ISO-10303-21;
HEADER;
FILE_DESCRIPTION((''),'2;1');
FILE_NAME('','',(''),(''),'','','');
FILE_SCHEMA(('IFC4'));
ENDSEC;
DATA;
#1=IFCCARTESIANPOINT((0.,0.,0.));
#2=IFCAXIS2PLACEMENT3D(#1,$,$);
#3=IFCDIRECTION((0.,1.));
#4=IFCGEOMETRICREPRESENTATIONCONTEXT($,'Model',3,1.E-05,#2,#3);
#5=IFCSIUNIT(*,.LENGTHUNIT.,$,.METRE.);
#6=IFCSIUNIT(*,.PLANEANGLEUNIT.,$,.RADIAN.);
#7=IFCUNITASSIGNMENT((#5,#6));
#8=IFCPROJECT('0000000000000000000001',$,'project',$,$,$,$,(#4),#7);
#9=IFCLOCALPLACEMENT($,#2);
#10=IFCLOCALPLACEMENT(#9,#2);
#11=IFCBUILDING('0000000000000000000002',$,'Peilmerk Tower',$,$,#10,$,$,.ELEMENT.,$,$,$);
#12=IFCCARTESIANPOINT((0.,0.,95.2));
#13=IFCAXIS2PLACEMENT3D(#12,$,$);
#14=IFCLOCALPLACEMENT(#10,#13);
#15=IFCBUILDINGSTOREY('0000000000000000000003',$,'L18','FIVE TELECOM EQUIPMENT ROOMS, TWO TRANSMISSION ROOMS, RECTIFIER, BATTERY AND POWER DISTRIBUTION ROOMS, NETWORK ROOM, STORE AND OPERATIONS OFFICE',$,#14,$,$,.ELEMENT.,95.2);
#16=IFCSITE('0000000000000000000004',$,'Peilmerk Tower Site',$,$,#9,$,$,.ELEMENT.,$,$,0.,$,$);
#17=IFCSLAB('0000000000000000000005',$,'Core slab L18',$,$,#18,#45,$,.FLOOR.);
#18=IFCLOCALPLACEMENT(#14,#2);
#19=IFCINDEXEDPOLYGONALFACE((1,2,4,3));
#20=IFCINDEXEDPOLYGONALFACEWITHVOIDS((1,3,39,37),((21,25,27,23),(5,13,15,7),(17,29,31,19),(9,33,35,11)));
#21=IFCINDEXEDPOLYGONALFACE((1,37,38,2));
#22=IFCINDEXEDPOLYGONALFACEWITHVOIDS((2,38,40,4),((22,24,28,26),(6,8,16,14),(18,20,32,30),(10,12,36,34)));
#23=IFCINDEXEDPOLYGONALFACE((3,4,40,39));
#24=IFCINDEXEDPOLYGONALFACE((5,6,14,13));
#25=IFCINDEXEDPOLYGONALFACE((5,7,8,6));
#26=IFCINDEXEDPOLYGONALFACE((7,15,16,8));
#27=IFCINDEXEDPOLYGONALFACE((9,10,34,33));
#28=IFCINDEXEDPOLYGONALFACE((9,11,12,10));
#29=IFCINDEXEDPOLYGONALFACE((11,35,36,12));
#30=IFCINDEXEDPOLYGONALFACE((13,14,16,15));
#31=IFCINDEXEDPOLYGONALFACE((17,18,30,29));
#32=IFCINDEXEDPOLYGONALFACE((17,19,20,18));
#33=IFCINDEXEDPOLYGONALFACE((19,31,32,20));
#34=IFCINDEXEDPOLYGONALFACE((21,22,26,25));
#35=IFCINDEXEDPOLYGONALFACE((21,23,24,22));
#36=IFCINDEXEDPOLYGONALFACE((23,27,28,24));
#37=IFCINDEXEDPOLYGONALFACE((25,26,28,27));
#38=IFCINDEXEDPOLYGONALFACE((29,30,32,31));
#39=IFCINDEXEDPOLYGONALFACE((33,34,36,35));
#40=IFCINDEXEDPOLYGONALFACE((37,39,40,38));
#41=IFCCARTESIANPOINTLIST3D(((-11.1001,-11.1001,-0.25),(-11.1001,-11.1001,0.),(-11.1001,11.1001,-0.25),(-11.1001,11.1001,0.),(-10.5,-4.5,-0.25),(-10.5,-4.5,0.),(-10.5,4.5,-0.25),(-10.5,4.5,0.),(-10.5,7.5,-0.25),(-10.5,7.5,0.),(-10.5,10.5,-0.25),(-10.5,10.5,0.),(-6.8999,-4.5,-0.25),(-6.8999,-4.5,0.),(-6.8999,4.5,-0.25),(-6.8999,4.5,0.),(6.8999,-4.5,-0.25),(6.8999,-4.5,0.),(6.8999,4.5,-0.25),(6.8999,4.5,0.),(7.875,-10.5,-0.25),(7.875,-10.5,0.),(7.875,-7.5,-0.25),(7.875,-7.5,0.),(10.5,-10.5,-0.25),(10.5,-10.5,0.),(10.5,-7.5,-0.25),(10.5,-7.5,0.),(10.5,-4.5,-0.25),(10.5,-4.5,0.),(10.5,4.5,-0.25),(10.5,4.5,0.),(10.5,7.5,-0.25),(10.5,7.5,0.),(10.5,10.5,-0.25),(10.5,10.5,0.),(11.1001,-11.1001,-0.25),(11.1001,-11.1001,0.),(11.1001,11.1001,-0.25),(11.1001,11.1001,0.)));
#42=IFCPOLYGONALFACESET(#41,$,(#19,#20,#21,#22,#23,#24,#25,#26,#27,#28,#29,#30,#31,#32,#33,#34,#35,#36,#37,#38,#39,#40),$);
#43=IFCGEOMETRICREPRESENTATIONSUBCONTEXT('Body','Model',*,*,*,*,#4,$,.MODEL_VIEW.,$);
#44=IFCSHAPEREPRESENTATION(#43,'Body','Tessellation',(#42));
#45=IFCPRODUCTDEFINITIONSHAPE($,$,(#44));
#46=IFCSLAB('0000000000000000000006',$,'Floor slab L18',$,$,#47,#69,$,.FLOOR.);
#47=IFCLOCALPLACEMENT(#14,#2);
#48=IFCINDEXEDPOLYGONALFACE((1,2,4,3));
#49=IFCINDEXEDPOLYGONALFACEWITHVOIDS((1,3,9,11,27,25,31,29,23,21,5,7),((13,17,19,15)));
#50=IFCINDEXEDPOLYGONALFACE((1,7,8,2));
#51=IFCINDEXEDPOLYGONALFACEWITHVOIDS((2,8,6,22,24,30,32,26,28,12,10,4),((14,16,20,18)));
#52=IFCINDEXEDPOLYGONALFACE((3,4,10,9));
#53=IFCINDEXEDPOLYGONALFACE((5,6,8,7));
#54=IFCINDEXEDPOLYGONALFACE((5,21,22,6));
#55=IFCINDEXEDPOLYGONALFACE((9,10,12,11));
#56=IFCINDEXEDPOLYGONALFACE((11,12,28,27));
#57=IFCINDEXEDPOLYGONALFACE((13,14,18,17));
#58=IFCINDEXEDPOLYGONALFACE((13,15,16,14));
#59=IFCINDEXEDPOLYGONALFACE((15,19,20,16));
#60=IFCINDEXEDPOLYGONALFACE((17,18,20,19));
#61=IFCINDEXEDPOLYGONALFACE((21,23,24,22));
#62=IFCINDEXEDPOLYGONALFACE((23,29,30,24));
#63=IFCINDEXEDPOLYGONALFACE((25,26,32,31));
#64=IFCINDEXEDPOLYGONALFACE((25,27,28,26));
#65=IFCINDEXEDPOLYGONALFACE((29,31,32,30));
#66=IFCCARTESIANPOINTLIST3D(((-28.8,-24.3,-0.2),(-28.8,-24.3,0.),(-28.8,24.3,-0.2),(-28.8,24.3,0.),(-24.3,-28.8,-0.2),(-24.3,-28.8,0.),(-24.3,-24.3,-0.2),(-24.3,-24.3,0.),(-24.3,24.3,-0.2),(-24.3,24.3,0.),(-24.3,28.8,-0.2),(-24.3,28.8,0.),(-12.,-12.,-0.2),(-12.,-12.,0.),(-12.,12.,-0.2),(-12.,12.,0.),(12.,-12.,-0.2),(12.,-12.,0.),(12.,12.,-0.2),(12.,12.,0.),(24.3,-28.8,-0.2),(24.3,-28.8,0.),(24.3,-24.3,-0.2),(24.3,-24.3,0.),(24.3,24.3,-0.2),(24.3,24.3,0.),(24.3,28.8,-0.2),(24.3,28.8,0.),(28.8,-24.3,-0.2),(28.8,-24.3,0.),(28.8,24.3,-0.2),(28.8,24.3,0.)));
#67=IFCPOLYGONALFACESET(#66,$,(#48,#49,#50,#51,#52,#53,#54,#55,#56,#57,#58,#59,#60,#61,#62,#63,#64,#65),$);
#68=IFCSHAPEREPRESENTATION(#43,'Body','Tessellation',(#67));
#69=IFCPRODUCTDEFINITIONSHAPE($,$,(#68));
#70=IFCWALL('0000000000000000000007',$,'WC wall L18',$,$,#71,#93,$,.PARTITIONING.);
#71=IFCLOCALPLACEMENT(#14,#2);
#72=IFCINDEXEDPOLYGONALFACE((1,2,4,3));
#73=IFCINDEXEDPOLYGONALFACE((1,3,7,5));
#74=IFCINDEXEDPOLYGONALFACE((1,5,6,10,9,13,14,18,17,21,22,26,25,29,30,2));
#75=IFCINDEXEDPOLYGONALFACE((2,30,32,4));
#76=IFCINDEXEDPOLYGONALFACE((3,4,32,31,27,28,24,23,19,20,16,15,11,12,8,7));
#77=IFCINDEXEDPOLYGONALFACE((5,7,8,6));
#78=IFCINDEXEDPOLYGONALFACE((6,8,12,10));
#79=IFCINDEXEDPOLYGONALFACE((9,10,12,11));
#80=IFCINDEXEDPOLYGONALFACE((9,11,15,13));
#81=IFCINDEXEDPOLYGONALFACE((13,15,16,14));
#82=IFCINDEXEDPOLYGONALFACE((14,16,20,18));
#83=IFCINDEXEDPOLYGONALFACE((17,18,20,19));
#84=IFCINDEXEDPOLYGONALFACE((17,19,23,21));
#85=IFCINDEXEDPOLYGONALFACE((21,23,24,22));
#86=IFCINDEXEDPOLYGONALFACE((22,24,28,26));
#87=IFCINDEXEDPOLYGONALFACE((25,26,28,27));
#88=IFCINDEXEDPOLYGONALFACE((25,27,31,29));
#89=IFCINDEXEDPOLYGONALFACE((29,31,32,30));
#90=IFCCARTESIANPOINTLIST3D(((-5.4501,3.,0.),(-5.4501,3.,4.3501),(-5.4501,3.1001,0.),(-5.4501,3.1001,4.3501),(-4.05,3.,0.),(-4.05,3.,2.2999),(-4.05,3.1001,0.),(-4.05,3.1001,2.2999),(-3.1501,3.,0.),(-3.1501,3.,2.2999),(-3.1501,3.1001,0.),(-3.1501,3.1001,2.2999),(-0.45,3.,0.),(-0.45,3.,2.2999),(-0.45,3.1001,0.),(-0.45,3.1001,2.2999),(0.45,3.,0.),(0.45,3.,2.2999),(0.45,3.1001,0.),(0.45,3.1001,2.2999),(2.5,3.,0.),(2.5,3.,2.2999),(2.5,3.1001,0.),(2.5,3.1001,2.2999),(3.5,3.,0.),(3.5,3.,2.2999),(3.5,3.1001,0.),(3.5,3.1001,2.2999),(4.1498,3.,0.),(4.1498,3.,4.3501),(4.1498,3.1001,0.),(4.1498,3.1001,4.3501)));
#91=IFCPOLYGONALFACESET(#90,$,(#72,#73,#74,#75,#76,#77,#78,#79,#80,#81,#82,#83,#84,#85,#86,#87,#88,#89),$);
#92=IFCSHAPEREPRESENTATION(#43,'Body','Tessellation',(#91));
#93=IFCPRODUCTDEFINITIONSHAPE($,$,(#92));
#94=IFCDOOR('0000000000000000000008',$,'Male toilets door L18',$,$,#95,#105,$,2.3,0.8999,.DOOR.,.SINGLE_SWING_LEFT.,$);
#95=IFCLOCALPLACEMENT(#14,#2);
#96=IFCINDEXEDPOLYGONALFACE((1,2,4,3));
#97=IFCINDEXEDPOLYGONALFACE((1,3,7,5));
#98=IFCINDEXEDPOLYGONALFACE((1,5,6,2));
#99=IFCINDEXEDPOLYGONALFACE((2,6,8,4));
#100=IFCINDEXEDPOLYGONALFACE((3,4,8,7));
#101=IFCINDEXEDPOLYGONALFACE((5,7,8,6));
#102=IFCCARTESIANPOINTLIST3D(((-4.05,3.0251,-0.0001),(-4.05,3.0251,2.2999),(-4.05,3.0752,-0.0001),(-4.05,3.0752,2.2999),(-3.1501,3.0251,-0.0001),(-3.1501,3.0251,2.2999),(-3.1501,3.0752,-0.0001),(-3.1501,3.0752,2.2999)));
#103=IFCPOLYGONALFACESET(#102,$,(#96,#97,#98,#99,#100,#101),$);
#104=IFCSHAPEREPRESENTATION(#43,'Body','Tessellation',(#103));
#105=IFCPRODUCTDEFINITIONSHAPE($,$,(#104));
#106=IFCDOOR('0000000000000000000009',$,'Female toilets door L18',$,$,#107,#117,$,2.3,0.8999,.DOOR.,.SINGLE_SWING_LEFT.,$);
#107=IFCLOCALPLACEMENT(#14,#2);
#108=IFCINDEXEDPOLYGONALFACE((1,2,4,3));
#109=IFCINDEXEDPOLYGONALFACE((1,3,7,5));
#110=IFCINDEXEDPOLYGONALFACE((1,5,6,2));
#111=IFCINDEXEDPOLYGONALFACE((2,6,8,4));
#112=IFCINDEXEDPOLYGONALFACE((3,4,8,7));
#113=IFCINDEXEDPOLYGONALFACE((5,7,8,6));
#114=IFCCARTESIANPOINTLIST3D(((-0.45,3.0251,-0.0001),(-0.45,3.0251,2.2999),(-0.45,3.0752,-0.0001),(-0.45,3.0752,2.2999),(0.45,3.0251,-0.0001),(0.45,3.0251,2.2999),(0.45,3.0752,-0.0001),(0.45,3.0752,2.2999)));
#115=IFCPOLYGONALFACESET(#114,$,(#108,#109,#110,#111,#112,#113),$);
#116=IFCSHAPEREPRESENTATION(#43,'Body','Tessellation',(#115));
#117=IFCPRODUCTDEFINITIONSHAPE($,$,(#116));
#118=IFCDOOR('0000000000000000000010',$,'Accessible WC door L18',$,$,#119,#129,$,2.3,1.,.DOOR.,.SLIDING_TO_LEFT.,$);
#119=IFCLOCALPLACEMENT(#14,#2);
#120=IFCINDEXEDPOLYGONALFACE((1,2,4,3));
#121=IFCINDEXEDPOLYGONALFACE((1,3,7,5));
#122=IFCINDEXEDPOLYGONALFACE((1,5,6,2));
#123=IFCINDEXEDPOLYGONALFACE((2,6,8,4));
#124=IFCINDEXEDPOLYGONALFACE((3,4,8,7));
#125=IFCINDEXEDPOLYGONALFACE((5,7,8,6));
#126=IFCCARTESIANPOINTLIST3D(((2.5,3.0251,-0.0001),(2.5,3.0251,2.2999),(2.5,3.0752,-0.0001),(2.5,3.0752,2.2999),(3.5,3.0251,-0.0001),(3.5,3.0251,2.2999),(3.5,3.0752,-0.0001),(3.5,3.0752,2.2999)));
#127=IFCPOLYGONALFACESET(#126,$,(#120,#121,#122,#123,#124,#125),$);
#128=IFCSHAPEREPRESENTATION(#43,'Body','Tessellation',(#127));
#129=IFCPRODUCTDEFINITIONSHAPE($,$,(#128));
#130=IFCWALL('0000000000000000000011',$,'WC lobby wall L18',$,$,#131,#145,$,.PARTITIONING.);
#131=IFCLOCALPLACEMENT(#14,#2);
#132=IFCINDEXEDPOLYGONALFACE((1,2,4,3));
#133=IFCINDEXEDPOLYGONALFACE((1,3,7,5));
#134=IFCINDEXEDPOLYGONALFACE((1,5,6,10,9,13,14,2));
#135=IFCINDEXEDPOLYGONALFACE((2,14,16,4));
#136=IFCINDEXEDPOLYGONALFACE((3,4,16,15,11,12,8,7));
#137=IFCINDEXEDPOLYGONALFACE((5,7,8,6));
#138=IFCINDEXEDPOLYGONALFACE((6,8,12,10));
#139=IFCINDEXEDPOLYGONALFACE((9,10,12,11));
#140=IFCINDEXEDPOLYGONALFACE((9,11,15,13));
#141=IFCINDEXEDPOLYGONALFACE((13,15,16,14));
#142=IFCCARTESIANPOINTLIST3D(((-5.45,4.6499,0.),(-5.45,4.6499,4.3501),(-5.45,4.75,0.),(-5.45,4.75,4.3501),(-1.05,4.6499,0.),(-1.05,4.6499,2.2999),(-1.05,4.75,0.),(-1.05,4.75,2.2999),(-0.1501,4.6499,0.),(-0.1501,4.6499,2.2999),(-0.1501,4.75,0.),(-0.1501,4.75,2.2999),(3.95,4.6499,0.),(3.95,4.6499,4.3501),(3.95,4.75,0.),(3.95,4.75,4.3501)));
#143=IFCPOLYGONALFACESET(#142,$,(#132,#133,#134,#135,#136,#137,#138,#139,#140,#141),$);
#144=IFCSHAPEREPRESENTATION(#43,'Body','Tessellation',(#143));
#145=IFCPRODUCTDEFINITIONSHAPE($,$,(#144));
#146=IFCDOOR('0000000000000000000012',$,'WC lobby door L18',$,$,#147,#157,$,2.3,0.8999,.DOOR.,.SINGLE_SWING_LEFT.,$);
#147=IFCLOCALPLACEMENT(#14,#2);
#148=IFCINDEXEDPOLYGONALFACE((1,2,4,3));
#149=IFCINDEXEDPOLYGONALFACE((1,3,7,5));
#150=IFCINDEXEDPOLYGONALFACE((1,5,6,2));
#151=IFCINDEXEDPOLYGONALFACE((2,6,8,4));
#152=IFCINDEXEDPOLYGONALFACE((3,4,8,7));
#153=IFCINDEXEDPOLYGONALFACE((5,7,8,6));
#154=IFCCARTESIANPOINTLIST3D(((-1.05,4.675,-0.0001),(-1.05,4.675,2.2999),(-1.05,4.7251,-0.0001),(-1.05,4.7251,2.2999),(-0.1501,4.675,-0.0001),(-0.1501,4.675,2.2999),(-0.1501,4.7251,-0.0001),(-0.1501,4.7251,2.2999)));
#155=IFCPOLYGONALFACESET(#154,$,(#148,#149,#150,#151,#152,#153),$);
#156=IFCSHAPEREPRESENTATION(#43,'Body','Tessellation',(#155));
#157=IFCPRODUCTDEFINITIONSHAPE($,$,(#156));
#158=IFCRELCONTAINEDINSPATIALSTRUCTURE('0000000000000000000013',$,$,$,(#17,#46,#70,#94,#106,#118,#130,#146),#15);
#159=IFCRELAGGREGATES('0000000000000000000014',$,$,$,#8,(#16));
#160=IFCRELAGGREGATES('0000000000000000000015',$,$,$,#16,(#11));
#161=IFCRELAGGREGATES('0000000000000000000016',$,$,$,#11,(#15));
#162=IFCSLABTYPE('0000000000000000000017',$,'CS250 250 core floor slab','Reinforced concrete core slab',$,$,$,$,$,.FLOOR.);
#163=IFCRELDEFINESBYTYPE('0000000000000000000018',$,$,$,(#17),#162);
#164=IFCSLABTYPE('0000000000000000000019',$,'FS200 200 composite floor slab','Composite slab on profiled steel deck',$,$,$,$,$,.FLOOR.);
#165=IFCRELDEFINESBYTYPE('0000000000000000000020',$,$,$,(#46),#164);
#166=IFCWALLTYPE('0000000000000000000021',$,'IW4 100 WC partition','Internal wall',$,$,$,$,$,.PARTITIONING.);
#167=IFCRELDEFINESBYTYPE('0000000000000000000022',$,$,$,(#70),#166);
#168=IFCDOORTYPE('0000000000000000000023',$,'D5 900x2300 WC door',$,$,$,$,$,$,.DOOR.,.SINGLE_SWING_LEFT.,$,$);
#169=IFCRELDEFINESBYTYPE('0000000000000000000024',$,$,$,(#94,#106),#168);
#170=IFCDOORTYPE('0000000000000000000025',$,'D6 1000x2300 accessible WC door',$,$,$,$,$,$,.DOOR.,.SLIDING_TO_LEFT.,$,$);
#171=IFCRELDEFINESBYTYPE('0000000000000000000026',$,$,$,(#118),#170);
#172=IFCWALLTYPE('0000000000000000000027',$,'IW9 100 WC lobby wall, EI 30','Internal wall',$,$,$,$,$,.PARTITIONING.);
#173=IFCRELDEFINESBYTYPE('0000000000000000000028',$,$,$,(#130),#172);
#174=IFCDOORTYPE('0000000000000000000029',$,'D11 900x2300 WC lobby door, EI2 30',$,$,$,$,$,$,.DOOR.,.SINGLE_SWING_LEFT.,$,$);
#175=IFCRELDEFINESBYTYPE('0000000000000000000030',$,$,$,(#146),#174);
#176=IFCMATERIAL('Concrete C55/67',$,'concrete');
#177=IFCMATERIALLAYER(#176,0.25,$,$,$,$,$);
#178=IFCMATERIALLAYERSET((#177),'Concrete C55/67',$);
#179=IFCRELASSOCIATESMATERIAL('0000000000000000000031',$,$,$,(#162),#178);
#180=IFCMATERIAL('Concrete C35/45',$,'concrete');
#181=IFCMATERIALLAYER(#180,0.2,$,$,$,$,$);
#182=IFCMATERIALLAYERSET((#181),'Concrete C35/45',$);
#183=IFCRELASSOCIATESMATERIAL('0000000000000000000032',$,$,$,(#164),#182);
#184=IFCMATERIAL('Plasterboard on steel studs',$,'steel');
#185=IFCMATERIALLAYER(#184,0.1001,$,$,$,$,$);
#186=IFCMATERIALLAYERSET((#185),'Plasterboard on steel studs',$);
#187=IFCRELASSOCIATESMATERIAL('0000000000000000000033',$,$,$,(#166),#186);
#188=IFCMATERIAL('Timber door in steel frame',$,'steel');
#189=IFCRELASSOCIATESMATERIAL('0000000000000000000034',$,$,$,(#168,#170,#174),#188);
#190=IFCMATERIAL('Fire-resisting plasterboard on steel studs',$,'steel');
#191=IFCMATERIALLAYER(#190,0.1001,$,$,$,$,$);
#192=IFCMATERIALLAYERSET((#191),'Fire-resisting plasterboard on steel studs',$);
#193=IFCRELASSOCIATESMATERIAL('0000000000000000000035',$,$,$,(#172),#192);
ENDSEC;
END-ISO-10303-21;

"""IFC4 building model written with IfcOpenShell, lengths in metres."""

from ifc_helpers import new_model, si_unit, direction, frame, frame_2d, origin, place, context, subcontext, project, spatial, polyline, rectangle, outline, extrude, material, layer, layer_set, type_object, element, fill, save


model = new_model("IFC4")

# Units and contexts
model_context = context("Model", 3, precision=1e-05, world=origin(), true_north=direction((0.0, 1.0)))
body_context = subcontext(model_context, "Body", "Model", "MODEL_VIEW")
ifc_project = project(units=[si_unit("LENGTHUNIT", "METRE"), si_unit("PLANEANGLEUNIT", "RADIAN")], contexts=[model_context])

# Site, building, storey
site_placement = place(None, origin())
site = spatial("IfcSite", under=ifc_project, at=site_placement, Name="Peilmerk Tower Site", CompositionType="ELEMENT", RefElevation=0.0)
building_placement = place(site_placement, origin())
building = spatial("IfcBuilding", under=site, at=building_placement, Name="Peilmerk Tower", CompositionType="ELEMENT")
storey_placement = place(building_placement, frame((0.0, 0.0, 95.2)))
storey = spatial("IfcBuildingStorey", under=building, at=storey_placement, Name="L18", Description="FIVE TELECOM EQUIPMENT ROOMS, TWO TRANSMISSION ROOMS, RECTIFIER, BATTERY AND POWER DISTRIBUTION ROOMS, NETWORK ROOM, STORE AND OPERATIONS OFFICE", CompositionType="ELEMENT", Elevation=95.2)

# Slabs
ifc_material_1 = material(Name="Concrete C55/67", Category="concrete")
ifc_layer_1 = layer(ifc_material_1, 0.25)
ifc_layer_set_1 = layer_set([ifc_layer_1], Name="Concrete C55/67")
slab_type_1 = type_object("IfcSlabType", Name="CS250 250 core floor slab", Description="Reinforced concrete core slab", PredefinedType="FLOOR", material=ifc_layer_set_1)
slab_1_placement = place(storey_placement, frame((0.0, 0.0, -0.25)))
element("IfcSlab", 1, at=slab_1_placement, inside=storey, type_object=slab_type_1, Name="Core slab L18", PredefinedType="FLOOR", context=body_context, shape_type="SweptSolid", body=[
    extrude(outline(polyline([(-11.1001, 11.1001), (-11.1001, -11.1001), (11.1001, -11.1001), (11.1001, 11.1001), (-11.1001, 11.1001)]), holes=[polyline([(10.5, 7.5), (-10.5, 7.5), (-10.5, 10.5), (10.5, 10.5), (10.5, 7.5)]), polyline([(7.875, -10.5), (7.875, -7.5), (10.5, -7.5), (10.5, -10.5), (7.875, -10.5)]), polyline([(-10.5, 4.5), (-6.8999, 4.5), (-6.8999, -4.5), (-10.5, -4.5), (-10.5, 4.5)]), polyline([(10.5, 4.5), (10.5, -4.5), (6.8999, -4.5), (6.8999, 4.5), (10.5, 4.5)])]), origin(), (0.0, 0.0, 1.0), 0.25),
])
ifc_material_2 = material(Name="Concrete C35/45", Category="concrete")
ifc_layer_2 = layer(ifc_material_2, 0.2)
ifc_layer_set_2 = layer_set([ifc_layer_2], Name="Concrete C35/45")
slab_type_2 = type_object("IfcSlabType", Name="FS200 200 composite floor slab", Description="Composite slab on profiled steel deck", PredefinedType="FLOOR", material=ifc_layer_set_2)
slab_2_placement = place(storey_placement, frame((0.0, 0.0, -0.2)))
element("IfcSlab", 2, at=slab_2_placement, inside=storey, type_object=slab_type_2, Name="Floor slab L18", PredefinedType="FLOOR", context=body_context, shape_type="SweptSolid", body=[
    extrude(outline(polyline([(-24.3, -28.8), (24.3, -28.8), (24.3, -24.3), (28.8, -24.3), (28.8, 24.3), (24.3, 24.3), (24.3, 28.8), (-24.3, 28.8), (-24.3, 24.3), (-28.8, 24.3), (-28.8, -24.3), (-24.3, -24.3), (-24.3, -28.8)]), holes=[polyline([(12.0, 12.0), (12.0, -12.0), (-12.0, -12.0), (-12.0, 12.0), (12.0, 12.0)])]), origin(), (0.0, 0.0, 1.0), 0.2),
])

# Wall, openings, doors
ifc_material_3 = material(Name="Plasterboard on steel studs", Category="steel")
ifc_layer_3 = layer(ifc_material_3, 0.1001)
ifc_layer_set_3 = layer_set([ifc_layer_3], Name="Plasterboard on steel studs")
wall_type_1 = type_object("IfcWallType", Name="IW4 100 WC partition", Description="Internal wall", PredefinedType="PARTITIONING", material=ifc_layer_set_3)
wall_1_placement = place(storey_placement, frame((-5.45, 3.05, 0.0), z_axis=(0.0, 0.0, 1.0), x_axis=(1.0, 0.0, 0.0)))
wall_1 = element("IfcWall", 3, at=wall_1_placement, inside=storey, type_object=wall_type_1, Name="WC wall L18", PredefinedType="PARTITIONING", context=body_context, shape_type="SweptSolid", body=[
    extrude(rectangle(XDim=9.5999, YDim=0.1001, at=frame_2d((4.7998, 0.0))), origin(), (0.0, 0.0, 1.0), 4.3501),
])
opening_1_placement = place(wall_1_placement, frame((1.3999, 0.0, 0.0)))
opening_1 = element("IfcOpeningElement", 4, at=opening_1_placement, cuts=wall_1, PredefinedType="OPENING", context=body_context, shape_type="SweptSolid", body=[
    extrude(rectangle(XDim=0.8999, YDim=2.3, at=frame_2d((0.45, 1.1499))), frame((0.0, 0.0601, 0.0), z_axis=(0.0, -1.0, 0.0), x_axis=(1.0, 0.0, 0.0)), (0.0, 0.0, 1.0), 0.1201),
])
opening_2_placement = place(wall_1_placement, frame((5.0, 0.0, 0.0)))
opening_2 = element("IfcOpeningElement", 5, at=opening_2_placement, cuts=wall_1, PredefinedType="OPENING", context=body_context, shape_type="SweptSolid", body=[
    extrude(rectangle(XDim=0.8999, YDim=2.3, at=frame_2d((0.45, 1.1499))), frame((0.0, 0.0601, 0.0), z_axis=(0.0, -1.0, 0.0), x_axis=(1.0, 0.0, 0.0)), (0.0, 0.0, 1.0), 0.1201),
])
opening_3_placement = place(wall_1_placement, frame((7.95, 0.0, 0.0)))
opening_3 = element("IfcOpeningElement", 6, at=opening_3_placement, cuts=wall_1, PredefinedType="OPENING", context=body_context, shape_type="SweptSolid", body=[
    extrude(rectangle(XDim=1.0, YDim=2.3, at=frame_2d((0.5, 1.1499))), frame((0.0, 0.0601, 0.0), z_axis=(0.0, -1.0, 0.0), x_axis=(1.0, 0.0, 0.0)), (0.0, 0.0, 1.0), 0.1201),
])
ifc_material_4 = material(Name="Timber door in steel frame", Category="steel")
door_type_1 = type_object("IfcDoorType", Name="D5 900x2300 WC door", OperationType="SINGLE_SWING_LEFT", PredefinedType="DOOR", material=ifc_material_4)
door_1_placement = place(opening_1_placement, frame((0.8999, 0.0, 0.0), z_axis=(0.0, 0.0, 1.0), x_axis=(-1.0, 0.0, 0.0)))
door_1 = element("IfcDoor", 7, at=door_1_placement, inside=storey, type_object=door_type_1, Name="Male toilets door L18", OperationType="SINGLE_SWING_LEFT", OverallHeight=2.3, OverallWidth=0.8999, PredefinedType="DOOR", context=body_context, shape_type="SweptSolid", body=[
    extrude(rectangle(XDim=0.8999, YDim=2.3, at=frame_2d((0.45, 1.1499))), frame((0.0, 0.0249, 0.0), z_axis=(0.0, -1.0, 0.0), x_axis=(1.0, 0.0, 0.0)), (0.0, 0.0, 1.0), 0.05),
])
fill(opening_1, door_1)
door_2_placement = place(opening_2_placement, frame((0.8999, 0.0, 0.0), z_axis=(0.0, 0.0, 1.0), x_axis=(-1.0, 0.0, 0.0)))
door_2 = element("IfcDoor", 8, at=door_2_placement, inside=storey, type_object=door_type_1, Name="Female toilets door L18", OperationType="SINGLE_SWING_LEFT", OverallHeight=2.3, OverallWidth=0.8999, PredefinedType="DOOR", context=body_context, shape_type="SweptSolid", body=[
    extrude(rectangle(XDim=0.8999, YDim=2.3, at=frame_2d((0.45, 1.1499))), frame((0.0, 0.0249, 0.0), z_axis=(0.0, -1.0, 0.0), x_axis=(1.0, 0.0, 0.0)), (0.0, 0.0, 1.0), 0.05),
])
fill(opening_2, door_2)
door_type_2 = type_object("IfcDoorType", Name="D6 1000x2300 accessible WC door", OperationType="SLIDING_TO_LEFT", PredefinedType="DOOR", material=ifc_material_4)
door_3_placement = place(opening_3_placement, frame((1.0, 0.0, 0.0), z_axis=(0.0, 0.0, 1.0), x_axis=(-1.0, 0.0, 0.0)))
door_3 = element("IfcDoor", 9, at=door_3_placement, inside=storey, type_object=door_type_2, Name="Accessible WC door L18", OperationType="SLIDING_TO_LEFT", OverallHeight=2.3, OverallWidth=1.0, PredefinedType="DOOR", context=body_context, shape_type="SweptSolid", body=[
    extrude(rectangle(XDim=1.0, YDim=2.3, at=frame_2d((0.5, 1.1499))), frame((0.0, 0.0249, 0.0), z_axis=(0.0, -1.0, 0.0), x_axis=(1.0, 0.0, 0.0)), (0.0, 0.0, 1.0), 0.05),
])
fill(opening_3, door_3)

# Wall, opening, door
ifc_material_5 = material(Name="Fire-resisting plasterboard on steel studs", Category="steel")
ifc_layer_4 = layer(ifc_material_5, 0.1001)
ifc_layer_set_4 = layer_set([ifc_layer_4], Name="Fire-resisting plasterboard on steel studs")
wall_type_2 = type_object("IfcWallType", Name="IW9 100 WC lobby wall, EI 30", Description="Internal wall", PredefinedType="PARTITIONING", material=ifc_layer_set_4)
wall_2_placement = place(storey_placement, frame((-5.45, 4.7, 0.0), z_axis=(0.0, 0.0, 1.0), x_axis=(1.0, 0.0, 0.0)))
wall_2 = element("IfcWall", 10, at=wall_2_placement, inside=storey, type_object=wall_type_2, Name="WC lobby wall L18", PredefinedType="PARTITIONING", context=body_context, shape_type="SweptSolid", body=[
    extrude(rectangle(XDim=9.3999, YDim=0.1001, at=frame_2d((4.7, 0.0))), origin(), (0.0, 0.0, 1.0), 4.3501),
])
opening_4_placement = place(wall_2_placement, frame((4.3999, 0.0, 0.0)))
opening_4 = element("IfcOpeningElement", 11, at=opening_4_placement, cuts=wall_2, PredefinedType="OPENING", context=body_context, shape_type="SweptSolid", body=[
    extrude(rectangle(XDim=0.8999, YDim=2.3, at=frame_2d((0.45, 1.1499))), frame((0.0, 0.0601, 0.0), z_axis=(0.0, -1.0, 0.0), x_axis=(1.0, 0.0, 0.0)), (0.0, 0.0, 1.0), 0.1201),
])
door_type_3 = type_object("IfcDoorType", Name="D11 900x2300 WC lobby door, EI2 30", OperationType="SINGLE_SWING_LEFT", PredefinedType="DOOR", material=ifc_material_4)
door_4_placement = place(opening_4_placement, frame((0.8999, 0.0, 0.0), z_axis=(0.0, 0.0, 1.0), x_axis=(-1.0, 0.0, 0.0)))
door_4 = element("IfcDoor", 12, at=door_4_placement, inside=storey, type_object=door_type_3, Name="WC lobby door L18", OperationType="SINGLE_SWING_LEFT", OverallHeight=2.3, OverallWidth=0.8999, PredefinedType="DOOR", context=body_context, shape_type="SweptSolid", body=[
    extrude(rectangle(XDim=0.8999, YDim=2.3, at=frame_2d((0.45, 1.1499))), frame((0.0, 0.0249, 0.0), z_axis=(0.0, -1.0, 0.0), x_axis=(1.0, 0.0, 0.0)), (0.0, 0.0, 1.0), 0.05),
])
fill(opening_4, door_4)

save(model, "model.ifc")
